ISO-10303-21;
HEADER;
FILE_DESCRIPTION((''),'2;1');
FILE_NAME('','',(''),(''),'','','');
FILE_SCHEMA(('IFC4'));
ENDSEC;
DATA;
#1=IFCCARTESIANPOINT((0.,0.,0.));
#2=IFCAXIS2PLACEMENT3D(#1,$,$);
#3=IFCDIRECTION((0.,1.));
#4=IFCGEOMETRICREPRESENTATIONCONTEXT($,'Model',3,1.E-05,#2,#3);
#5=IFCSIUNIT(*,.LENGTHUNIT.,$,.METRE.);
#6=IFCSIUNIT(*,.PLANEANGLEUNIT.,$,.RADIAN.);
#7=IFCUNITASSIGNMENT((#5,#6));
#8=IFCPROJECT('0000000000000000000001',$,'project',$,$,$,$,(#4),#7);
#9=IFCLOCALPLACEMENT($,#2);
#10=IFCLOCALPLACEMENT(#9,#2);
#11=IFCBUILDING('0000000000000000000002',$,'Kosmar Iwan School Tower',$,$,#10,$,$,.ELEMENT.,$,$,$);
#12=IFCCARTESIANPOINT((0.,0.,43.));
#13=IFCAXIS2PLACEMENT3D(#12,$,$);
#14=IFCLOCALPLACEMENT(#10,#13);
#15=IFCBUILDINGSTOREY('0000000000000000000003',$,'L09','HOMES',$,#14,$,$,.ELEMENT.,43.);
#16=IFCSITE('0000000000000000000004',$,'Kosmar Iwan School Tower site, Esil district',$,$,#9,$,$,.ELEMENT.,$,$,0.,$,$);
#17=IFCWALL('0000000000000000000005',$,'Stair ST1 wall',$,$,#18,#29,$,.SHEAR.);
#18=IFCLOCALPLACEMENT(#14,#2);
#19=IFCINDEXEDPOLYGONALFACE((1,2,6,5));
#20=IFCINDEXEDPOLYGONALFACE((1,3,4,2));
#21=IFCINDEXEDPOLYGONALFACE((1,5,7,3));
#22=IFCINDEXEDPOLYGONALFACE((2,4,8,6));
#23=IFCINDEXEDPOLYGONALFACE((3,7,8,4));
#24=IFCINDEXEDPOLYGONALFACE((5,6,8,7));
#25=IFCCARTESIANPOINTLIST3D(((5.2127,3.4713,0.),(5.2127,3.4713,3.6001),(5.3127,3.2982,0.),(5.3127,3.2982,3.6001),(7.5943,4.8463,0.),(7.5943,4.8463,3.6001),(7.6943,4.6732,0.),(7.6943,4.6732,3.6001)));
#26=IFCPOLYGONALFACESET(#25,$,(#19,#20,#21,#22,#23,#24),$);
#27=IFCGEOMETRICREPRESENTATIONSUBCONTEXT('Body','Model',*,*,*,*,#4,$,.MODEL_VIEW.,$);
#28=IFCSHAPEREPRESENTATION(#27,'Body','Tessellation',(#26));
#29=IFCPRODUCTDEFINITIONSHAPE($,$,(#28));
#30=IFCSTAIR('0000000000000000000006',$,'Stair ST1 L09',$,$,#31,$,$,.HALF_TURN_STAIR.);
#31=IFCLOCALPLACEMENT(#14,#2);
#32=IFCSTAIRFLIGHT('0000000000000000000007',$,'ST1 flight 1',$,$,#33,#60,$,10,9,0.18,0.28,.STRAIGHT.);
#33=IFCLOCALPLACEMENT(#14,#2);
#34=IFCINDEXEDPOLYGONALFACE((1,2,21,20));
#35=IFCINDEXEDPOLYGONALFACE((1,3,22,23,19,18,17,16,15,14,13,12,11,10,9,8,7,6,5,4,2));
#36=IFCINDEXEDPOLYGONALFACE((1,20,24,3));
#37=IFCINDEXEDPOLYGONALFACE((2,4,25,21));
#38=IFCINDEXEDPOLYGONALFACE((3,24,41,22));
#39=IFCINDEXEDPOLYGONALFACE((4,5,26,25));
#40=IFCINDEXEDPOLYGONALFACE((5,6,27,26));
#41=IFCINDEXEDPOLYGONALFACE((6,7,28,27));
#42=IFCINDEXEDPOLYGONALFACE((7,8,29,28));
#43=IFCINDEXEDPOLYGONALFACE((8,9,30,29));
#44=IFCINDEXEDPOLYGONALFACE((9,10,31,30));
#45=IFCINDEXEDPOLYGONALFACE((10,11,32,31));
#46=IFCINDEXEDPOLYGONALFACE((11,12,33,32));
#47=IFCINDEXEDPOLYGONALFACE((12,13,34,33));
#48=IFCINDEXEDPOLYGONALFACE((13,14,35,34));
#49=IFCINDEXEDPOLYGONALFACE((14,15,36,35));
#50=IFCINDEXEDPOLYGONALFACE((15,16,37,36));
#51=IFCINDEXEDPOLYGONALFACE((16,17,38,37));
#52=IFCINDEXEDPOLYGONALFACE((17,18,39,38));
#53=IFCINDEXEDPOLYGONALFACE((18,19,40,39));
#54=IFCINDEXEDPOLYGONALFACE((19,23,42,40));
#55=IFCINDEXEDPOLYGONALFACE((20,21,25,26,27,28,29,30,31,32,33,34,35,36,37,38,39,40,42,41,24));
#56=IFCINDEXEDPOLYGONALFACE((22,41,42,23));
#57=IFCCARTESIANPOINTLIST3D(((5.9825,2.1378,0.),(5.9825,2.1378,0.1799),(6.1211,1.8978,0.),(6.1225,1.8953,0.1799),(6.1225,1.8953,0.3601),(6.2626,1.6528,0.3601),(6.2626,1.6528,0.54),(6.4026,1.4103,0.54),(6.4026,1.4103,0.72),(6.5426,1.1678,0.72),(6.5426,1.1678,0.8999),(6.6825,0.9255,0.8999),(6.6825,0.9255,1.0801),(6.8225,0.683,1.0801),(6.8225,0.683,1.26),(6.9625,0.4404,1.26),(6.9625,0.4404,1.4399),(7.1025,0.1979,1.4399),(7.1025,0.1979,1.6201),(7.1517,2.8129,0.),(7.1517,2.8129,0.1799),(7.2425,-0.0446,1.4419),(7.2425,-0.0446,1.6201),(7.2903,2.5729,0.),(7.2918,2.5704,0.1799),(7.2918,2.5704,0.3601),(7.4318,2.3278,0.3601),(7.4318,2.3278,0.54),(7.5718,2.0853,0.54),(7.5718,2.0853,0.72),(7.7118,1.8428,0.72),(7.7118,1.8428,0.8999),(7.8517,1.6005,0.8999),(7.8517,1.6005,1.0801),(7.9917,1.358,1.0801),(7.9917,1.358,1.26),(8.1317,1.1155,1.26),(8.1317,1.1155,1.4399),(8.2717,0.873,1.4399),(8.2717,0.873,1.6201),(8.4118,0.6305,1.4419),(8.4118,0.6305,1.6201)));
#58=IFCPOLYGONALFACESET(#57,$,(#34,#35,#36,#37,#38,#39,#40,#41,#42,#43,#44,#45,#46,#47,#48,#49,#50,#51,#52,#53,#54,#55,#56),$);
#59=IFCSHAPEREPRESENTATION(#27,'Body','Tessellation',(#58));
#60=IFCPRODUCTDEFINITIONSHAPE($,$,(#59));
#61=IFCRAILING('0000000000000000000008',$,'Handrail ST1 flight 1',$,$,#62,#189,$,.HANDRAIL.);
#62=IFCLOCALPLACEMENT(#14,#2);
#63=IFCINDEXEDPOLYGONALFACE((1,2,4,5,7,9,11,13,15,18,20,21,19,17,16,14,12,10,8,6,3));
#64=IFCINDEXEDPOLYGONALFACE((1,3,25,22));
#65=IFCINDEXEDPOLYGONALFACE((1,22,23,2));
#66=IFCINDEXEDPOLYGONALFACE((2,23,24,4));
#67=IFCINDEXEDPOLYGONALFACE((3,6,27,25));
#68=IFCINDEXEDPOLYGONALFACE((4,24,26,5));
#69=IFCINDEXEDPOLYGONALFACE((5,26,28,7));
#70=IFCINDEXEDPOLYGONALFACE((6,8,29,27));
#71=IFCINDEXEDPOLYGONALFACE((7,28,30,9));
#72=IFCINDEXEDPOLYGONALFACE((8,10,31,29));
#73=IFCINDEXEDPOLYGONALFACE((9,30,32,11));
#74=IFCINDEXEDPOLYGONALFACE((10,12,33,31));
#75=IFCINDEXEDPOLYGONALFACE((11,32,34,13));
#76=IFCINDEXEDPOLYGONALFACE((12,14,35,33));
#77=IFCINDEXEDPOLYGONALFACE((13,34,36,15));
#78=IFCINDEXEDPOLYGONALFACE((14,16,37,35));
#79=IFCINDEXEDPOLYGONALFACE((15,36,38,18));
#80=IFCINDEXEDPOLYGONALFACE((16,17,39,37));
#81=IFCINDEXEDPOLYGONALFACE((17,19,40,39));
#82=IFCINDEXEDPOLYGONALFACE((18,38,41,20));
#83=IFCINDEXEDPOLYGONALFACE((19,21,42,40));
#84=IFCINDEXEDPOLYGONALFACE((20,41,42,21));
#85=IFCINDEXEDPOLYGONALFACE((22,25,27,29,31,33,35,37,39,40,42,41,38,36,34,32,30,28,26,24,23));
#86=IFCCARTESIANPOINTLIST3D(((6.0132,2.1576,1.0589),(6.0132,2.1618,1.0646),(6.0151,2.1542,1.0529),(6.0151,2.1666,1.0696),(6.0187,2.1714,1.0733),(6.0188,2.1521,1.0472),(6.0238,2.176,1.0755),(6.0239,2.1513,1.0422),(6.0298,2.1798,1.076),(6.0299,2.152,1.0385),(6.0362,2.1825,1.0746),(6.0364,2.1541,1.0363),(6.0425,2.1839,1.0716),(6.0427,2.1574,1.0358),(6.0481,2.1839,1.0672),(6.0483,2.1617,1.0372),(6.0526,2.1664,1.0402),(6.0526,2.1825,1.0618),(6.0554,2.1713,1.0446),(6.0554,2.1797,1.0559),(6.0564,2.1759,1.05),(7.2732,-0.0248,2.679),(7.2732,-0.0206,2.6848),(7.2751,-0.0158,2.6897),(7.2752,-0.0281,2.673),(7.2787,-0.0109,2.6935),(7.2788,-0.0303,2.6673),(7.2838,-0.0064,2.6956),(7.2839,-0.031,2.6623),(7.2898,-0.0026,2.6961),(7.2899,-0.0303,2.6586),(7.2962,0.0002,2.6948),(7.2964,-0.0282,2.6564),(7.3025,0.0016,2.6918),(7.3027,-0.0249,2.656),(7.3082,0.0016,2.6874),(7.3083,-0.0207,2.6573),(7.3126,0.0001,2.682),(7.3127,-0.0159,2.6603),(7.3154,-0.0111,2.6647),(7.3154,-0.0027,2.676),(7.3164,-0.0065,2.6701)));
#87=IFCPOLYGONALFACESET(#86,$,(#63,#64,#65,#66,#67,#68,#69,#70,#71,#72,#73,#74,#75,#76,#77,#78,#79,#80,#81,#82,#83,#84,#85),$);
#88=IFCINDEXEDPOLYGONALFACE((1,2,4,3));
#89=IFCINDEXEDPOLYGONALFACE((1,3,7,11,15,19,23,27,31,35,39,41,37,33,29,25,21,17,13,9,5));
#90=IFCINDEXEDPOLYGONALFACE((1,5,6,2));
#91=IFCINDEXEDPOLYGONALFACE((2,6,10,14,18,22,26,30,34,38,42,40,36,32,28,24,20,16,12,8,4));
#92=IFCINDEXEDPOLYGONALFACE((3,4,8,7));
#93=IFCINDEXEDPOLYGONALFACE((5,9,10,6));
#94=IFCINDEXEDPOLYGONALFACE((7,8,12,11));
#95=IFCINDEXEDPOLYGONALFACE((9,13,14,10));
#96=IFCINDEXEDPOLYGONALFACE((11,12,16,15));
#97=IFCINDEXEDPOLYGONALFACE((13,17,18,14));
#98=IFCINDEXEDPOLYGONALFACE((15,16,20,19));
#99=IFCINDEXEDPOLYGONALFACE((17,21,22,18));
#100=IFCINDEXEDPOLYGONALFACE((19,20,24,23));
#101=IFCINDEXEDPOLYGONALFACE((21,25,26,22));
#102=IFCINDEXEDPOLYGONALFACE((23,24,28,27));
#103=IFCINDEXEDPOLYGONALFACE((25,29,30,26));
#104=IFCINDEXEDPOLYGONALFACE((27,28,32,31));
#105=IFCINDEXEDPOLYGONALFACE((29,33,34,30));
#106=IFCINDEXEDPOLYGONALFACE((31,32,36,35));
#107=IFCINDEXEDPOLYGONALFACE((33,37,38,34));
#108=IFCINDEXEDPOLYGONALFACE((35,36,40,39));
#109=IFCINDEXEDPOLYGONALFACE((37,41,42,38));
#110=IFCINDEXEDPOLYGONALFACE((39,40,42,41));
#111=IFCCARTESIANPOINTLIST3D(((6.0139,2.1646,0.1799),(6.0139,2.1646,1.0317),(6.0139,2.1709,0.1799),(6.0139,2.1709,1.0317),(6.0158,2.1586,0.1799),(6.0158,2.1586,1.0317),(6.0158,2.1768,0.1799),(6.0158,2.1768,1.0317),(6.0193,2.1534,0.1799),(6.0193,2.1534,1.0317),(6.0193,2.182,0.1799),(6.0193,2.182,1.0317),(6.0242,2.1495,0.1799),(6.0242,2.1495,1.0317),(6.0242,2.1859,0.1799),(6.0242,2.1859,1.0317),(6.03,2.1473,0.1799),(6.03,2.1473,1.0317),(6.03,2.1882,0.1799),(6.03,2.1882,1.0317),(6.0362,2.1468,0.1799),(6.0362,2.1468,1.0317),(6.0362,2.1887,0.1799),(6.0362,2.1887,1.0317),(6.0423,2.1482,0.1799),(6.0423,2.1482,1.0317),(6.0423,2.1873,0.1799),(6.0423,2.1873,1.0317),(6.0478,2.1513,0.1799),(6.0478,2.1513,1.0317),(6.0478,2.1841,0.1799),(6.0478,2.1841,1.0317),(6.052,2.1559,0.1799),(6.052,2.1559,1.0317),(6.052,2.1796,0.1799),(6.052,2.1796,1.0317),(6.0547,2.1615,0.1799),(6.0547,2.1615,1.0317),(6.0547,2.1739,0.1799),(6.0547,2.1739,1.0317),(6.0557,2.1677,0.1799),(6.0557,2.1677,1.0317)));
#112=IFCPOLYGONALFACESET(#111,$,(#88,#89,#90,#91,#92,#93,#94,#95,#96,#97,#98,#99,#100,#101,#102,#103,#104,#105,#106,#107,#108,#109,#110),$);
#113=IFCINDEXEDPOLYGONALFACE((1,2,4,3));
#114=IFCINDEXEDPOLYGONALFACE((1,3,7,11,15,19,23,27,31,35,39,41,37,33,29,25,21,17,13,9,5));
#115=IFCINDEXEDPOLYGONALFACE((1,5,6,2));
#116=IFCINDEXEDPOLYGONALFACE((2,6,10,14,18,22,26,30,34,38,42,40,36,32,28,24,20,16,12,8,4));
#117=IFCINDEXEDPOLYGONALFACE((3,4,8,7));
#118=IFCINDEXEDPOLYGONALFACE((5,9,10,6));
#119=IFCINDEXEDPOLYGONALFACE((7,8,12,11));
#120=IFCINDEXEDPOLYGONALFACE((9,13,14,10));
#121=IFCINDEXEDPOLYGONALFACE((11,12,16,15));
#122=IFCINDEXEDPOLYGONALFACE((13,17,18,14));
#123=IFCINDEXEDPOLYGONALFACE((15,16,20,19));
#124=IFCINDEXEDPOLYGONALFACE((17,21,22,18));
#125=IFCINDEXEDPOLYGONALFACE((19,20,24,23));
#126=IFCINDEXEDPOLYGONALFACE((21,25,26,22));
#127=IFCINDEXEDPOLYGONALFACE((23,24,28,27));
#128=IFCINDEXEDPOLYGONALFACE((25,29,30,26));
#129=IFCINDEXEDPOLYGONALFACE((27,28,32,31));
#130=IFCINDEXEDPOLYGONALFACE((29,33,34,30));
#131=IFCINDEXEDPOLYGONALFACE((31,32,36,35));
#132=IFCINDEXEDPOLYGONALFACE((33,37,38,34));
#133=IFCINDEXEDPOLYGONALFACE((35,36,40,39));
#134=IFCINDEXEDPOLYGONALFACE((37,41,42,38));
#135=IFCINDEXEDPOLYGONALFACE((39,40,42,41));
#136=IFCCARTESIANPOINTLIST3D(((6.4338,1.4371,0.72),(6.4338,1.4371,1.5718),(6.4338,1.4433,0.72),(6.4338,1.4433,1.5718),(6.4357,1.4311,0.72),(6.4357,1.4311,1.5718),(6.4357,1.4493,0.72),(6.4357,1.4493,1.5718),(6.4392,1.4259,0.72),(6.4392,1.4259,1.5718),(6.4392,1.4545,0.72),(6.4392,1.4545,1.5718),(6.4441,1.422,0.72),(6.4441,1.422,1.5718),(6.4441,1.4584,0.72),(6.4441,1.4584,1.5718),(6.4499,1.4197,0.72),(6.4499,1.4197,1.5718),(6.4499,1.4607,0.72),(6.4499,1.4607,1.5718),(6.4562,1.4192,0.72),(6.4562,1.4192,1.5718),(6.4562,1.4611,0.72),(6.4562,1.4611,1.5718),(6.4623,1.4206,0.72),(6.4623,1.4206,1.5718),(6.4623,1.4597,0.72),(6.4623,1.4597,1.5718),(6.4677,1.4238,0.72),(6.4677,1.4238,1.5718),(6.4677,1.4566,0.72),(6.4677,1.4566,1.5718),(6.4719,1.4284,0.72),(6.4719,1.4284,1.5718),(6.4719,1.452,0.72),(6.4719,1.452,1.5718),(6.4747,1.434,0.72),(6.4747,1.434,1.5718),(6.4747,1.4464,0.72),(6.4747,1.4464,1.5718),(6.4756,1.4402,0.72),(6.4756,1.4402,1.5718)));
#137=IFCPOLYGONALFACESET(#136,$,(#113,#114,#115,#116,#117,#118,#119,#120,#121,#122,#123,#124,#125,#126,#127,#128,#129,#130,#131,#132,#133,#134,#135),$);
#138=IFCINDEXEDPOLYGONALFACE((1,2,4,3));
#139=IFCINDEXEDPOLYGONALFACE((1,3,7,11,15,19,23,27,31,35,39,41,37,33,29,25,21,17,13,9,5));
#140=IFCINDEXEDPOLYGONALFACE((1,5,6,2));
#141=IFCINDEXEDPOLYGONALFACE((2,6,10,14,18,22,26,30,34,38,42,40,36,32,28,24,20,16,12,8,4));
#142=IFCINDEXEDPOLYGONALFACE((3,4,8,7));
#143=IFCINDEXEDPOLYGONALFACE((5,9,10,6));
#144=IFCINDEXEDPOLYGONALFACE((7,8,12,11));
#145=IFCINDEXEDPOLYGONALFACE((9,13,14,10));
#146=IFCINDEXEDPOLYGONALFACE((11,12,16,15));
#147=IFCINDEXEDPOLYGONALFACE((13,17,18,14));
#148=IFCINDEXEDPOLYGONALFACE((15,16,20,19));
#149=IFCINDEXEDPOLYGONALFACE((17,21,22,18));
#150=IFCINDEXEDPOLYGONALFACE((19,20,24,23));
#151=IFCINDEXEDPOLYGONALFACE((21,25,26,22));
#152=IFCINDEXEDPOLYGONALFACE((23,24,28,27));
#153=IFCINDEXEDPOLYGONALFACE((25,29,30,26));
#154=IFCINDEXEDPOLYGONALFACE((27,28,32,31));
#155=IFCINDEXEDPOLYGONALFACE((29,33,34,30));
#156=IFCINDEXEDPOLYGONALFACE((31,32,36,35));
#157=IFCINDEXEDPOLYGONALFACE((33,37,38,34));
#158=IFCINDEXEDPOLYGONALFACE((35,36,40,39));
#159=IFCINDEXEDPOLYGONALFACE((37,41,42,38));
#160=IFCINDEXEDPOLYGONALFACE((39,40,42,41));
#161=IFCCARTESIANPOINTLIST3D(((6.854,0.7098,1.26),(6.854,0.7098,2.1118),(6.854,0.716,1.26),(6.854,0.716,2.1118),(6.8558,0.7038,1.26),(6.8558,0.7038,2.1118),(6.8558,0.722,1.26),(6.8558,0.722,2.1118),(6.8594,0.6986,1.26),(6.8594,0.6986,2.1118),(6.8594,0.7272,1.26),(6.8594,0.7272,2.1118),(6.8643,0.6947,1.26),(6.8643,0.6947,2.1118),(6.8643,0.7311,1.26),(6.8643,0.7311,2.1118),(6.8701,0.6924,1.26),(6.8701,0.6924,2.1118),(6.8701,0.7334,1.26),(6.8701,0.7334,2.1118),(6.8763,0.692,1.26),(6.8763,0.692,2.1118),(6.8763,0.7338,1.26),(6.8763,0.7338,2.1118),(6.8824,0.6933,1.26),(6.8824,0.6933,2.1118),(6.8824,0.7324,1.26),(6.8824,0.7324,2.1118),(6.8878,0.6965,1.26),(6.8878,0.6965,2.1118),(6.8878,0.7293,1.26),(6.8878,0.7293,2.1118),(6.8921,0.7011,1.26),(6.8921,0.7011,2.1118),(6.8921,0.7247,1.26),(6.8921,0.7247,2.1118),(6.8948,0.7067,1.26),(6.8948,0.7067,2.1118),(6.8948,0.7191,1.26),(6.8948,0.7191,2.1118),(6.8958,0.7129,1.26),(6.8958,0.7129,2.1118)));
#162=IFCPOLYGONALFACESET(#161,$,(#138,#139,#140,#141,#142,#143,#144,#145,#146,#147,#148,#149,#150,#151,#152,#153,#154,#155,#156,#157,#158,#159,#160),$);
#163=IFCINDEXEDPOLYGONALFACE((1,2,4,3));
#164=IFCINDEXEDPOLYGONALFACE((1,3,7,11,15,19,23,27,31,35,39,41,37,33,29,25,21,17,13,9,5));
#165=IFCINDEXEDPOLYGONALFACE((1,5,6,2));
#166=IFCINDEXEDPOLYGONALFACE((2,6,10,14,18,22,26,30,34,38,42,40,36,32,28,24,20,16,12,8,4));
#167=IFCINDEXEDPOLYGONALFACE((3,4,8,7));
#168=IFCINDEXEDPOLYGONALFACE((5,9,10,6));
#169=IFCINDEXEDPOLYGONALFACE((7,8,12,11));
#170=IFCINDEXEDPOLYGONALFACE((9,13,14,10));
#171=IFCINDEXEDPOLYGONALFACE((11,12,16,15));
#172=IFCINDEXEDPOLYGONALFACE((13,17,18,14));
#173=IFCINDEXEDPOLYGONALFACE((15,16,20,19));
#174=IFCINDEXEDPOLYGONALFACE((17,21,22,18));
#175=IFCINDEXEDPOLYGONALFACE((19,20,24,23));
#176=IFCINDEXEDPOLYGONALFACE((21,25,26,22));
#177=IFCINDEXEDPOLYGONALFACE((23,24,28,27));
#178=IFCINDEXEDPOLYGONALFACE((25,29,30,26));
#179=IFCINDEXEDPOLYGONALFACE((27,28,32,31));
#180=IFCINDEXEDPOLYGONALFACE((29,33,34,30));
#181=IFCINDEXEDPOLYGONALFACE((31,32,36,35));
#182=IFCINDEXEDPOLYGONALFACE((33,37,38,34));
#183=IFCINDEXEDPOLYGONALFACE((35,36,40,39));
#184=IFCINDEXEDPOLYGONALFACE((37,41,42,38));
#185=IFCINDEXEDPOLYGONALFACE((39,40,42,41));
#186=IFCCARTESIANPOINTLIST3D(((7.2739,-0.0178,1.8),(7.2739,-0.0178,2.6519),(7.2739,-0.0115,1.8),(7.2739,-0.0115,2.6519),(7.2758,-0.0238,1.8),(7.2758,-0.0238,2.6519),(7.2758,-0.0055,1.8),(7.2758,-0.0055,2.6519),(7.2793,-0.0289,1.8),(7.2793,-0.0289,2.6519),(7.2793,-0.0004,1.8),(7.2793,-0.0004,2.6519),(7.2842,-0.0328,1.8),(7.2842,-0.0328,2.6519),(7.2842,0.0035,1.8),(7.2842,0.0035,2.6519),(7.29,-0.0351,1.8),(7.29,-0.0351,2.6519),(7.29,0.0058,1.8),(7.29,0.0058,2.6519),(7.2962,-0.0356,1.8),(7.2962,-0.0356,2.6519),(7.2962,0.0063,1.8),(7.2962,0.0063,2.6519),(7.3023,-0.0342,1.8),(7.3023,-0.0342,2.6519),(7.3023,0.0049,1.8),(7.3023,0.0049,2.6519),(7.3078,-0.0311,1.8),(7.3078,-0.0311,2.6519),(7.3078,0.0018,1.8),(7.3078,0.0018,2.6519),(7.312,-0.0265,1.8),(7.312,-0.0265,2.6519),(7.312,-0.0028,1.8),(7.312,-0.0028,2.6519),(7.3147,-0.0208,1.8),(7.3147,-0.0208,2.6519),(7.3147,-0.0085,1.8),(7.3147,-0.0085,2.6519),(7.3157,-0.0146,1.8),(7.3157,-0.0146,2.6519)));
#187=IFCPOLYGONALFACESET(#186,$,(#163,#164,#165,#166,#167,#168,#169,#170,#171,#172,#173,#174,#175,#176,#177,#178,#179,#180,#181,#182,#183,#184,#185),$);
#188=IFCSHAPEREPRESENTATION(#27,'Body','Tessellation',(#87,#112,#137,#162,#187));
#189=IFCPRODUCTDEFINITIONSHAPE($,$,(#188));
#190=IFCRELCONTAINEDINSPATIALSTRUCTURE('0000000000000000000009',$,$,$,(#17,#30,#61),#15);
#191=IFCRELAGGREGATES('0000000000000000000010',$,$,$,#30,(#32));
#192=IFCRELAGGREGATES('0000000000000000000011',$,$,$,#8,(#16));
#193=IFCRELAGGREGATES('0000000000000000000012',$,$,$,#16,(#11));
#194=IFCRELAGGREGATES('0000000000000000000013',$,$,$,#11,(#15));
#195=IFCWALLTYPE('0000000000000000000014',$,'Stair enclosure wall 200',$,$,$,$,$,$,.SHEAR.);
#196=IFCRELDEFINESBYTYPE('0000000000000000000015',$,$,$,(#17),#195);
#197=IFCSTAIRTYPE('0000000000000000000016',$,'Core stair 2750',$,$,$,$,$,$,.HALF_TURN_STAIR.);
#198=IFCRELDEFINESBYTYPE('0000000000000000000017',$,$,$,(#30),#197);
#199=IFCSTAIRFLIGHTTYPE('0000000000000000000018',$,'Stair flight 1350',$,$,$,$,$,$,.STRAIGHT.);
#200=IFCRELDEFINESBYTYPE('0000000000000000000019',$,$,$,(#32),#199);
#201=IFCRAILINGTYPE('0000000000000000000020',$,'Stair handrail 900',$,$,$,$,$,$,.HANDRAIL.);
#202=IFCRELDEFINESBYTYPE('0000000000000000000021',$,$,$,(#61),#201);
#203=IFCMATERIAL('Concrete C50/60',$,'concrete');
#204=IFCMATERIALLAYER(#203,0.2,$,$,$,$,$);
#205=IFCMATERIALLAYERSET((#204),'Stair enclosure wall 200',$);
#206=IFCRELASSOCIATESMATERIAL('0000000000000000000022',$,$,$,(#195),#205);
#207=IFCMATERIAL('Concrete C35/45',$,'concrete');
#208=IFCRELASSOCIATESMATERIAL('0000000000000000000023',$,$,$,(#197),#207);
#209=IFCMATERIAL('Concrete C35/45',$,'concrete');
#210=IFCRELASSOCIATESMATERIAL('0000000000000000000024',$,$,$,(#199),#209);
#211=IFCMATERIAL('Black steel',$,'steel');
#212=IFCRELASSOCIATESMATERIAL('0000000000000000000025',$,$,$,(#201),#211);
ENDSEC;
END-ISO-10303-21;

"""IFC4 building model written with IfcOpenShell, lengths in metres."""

from ifc_helpers import new_model, si_unit, direction, frame, frame_2d, origin, origin_2d, place, context, subcontext, project, spatial, polyline, rectangle, circle, outline, extrude, material, layer, layer_set, type_object, element, aggregate, save


model = new_model("IFC4")

# Units and contexts
model_context = context("Model", 3, precision=1e-05, world=origin(), true_north=direction((0.0, 1.0)))
body_context = subcontext(model_context, "Body", "Model", "MODEL_VIEW")
ifc_project = project(units=[si_unit("LENGTHUNIT", "METRE"), si_unit("PLANEANGLEUNIT", "RADIAN")], contexts=[model_context])

# Site, building, storey
site_placement = place(None, origin())
site = spatial("IfcSite", under=ifc_project, at=site_placement, Name="Kosmar Iwan School Tower site, Esil district", CompositionType="ELEMENT", RefElevation=0.0)
building_placement = place(site_placement, origin())
building = spatial("IfcBuilding", under=site, at=building_placement, Name="Kosmar Iwan School Tower", CompositionType="ELEMENT")
storey_placement = place(building_placement, frame((0.0, 0.0, 43.0)))
storey = spatial("IfcBuildingStorey", under=building, at=storey_placement, Name="L09", Description="HOMES", CompositionType="ELEMENT", Elevation=43.0)

# Wall
ifc_material_1 = material(Name="Concrete C50/60", Category="concrete")
ifc_layer_1 = layer(ifc_material_1, 0.2)
ifc_layer_set_1 = layer_set([ifc_layer_1], Name="Stair enclosure wall 200")
wall_type_1 = type_object("IfcWallType", Name="Stair enclosure wall 200", PredefinedType="SHEAR", material=ifc_layer_set_1)
wall_1_placement = place(storey_placement, frame((5.2627, 3.3848, 0.0), z_axis=(0.0, 0.0, 1.0), x_axis=(0.866027, 0.499997, 0.0)))
element("IfcWall", 1, at=wall_1_placement, inside=storey, type_object=wall_type_1, Name="Stair ST1 wall", PredefinedType="SHEAR", context=body_context, shape_type="SweptSolid", body=[
    extrude(rectangle(XDim=2.75, YDim=0.2, at=frame_2d((1.375, 0.0))), origin(), (0.0, 0.0, 1.0), 3.6001),
])

# Stair, stair flight
ifc_material_2 = material(Name="Concrete C35/45", Category="concrete")
stair_type_1 = type_object("IfcStairType", Name="Core stair 2750", PredefinedType="HALF_TURN_STAIR", material=ifc_material_2)
stair_1_placement = place(storey_placement, origin())
stair_1 = element("IfcStair", 2, at=stair_1_placement, inside=storey, type_object=stair_type_1, Name="Stair ST1 L09", PredefinedType="HALF_TURN_STAIR")
ifc_material_3 = material(Name="Concrete C35/45", Category="concrete")
stair_flight_type = type_object("IfcStairFlightType", Name="Stair flight 1350", PredefinedType="STRAIGHT", material=ifc_material_3)
stair_flight_placement = place(storey_placement, frame((6.5671, 2.4753, 0.0), z_axis=(0.0, 0.0, 1.0), x_axis=(0.5, -0.866025, 0.0)))
stair_flight = element("IfcStairFlight", 3, at=stair_flight_placement, type_object=stair_flight_type, Name="ST1 flight 1", NumberOfRisers=10, NumberOfTreads=9, PredefinedType="STRAIGHT", RiserHeight=0.18, TreadLength=0.28, context=body_context, shape_type="SweptSolid", body=[
    extrude(outline(polyline([(0.0, 0.0), (0.0, 0.1799), (0.28, 0.1799), (0.28, 0.3601), (0.5601, 0.3601), (0.5601, 0.54), (0.8401, 0.54), (0.8401, 0.72), (1.1201, 0.72), (1.1201, 0.8999), (1.3999, 0.8999), (1.3999, 1.0801), (1.6799, 1.0801), (1.6799, 1.26), (1.96, 1.26), (1.96, 1.4399), (2.24, 1.4399), (2.24, 1.6201), (2.52, 1.6201), (2.52, 1.8), (2.52, 1.4419), (0.2771, 0.0), (0.0, 0.0)])), frame((0.0, 0.675, 0.0), z_axis=(0.0, -1.0, 0.0), x_axis=(1.0, 0.0, 0.0)), (0.0, 0.0, 1.0), 1.3501),
])
aggregate(stair_1, [stair_flight])

# Railing
ifc_material_4 = material(Name="Black steel", Category="steel")
railing_type = type_object("IfcRailingType", Name="Stair handrail 900", PredefinedType="HANDRAIL", material=ifc_material_4)
railing_placement = place(storey_placement, frame((6.0347, 2.1677, 0.1799)))
element("IfcRailing", 4, at=railing_placement, inside=storey, type_object=railing_type, Name="Handrail ST1 flight 1", PredefinedType="HANDRAIL", context=body_context, shape_type="SweptSolid", body=[
    extrude(circle(Radius=0.0239, at=origin_2d()), frame((0.0, 0.0, 0.876), z_axis=(0.420584, -0.728464, 0.540786), x_axis=(0.866023, 0.500005, 0.0)), (0.0, 0.0, 1.0), 2.9958),
    extrude(circle(Radius=0.021, at=origin_2d()), origin(), (0.0, 0.0, 1.0), 0.8518),
    extrude(circle(Radius=0.021, at=origin_2d()), frame((0.4199, -0.7275, 0.54)), (0.0, 0.0, 1.0), 0.8518),
    extrude(circle(Radius=0.021, at=origin_2d()), frame((0.8401, -1.4548, 1.0801)), (0.0, 0.0, 1.0), 0.8518),
    extrude(circle(Radius=0.021, at=origin_2d()), frame((1.26, -2.1824, 1.6201)), (0.0, 0.0, 1.0), 0.8518),
])

save(model, "model.ifc")
